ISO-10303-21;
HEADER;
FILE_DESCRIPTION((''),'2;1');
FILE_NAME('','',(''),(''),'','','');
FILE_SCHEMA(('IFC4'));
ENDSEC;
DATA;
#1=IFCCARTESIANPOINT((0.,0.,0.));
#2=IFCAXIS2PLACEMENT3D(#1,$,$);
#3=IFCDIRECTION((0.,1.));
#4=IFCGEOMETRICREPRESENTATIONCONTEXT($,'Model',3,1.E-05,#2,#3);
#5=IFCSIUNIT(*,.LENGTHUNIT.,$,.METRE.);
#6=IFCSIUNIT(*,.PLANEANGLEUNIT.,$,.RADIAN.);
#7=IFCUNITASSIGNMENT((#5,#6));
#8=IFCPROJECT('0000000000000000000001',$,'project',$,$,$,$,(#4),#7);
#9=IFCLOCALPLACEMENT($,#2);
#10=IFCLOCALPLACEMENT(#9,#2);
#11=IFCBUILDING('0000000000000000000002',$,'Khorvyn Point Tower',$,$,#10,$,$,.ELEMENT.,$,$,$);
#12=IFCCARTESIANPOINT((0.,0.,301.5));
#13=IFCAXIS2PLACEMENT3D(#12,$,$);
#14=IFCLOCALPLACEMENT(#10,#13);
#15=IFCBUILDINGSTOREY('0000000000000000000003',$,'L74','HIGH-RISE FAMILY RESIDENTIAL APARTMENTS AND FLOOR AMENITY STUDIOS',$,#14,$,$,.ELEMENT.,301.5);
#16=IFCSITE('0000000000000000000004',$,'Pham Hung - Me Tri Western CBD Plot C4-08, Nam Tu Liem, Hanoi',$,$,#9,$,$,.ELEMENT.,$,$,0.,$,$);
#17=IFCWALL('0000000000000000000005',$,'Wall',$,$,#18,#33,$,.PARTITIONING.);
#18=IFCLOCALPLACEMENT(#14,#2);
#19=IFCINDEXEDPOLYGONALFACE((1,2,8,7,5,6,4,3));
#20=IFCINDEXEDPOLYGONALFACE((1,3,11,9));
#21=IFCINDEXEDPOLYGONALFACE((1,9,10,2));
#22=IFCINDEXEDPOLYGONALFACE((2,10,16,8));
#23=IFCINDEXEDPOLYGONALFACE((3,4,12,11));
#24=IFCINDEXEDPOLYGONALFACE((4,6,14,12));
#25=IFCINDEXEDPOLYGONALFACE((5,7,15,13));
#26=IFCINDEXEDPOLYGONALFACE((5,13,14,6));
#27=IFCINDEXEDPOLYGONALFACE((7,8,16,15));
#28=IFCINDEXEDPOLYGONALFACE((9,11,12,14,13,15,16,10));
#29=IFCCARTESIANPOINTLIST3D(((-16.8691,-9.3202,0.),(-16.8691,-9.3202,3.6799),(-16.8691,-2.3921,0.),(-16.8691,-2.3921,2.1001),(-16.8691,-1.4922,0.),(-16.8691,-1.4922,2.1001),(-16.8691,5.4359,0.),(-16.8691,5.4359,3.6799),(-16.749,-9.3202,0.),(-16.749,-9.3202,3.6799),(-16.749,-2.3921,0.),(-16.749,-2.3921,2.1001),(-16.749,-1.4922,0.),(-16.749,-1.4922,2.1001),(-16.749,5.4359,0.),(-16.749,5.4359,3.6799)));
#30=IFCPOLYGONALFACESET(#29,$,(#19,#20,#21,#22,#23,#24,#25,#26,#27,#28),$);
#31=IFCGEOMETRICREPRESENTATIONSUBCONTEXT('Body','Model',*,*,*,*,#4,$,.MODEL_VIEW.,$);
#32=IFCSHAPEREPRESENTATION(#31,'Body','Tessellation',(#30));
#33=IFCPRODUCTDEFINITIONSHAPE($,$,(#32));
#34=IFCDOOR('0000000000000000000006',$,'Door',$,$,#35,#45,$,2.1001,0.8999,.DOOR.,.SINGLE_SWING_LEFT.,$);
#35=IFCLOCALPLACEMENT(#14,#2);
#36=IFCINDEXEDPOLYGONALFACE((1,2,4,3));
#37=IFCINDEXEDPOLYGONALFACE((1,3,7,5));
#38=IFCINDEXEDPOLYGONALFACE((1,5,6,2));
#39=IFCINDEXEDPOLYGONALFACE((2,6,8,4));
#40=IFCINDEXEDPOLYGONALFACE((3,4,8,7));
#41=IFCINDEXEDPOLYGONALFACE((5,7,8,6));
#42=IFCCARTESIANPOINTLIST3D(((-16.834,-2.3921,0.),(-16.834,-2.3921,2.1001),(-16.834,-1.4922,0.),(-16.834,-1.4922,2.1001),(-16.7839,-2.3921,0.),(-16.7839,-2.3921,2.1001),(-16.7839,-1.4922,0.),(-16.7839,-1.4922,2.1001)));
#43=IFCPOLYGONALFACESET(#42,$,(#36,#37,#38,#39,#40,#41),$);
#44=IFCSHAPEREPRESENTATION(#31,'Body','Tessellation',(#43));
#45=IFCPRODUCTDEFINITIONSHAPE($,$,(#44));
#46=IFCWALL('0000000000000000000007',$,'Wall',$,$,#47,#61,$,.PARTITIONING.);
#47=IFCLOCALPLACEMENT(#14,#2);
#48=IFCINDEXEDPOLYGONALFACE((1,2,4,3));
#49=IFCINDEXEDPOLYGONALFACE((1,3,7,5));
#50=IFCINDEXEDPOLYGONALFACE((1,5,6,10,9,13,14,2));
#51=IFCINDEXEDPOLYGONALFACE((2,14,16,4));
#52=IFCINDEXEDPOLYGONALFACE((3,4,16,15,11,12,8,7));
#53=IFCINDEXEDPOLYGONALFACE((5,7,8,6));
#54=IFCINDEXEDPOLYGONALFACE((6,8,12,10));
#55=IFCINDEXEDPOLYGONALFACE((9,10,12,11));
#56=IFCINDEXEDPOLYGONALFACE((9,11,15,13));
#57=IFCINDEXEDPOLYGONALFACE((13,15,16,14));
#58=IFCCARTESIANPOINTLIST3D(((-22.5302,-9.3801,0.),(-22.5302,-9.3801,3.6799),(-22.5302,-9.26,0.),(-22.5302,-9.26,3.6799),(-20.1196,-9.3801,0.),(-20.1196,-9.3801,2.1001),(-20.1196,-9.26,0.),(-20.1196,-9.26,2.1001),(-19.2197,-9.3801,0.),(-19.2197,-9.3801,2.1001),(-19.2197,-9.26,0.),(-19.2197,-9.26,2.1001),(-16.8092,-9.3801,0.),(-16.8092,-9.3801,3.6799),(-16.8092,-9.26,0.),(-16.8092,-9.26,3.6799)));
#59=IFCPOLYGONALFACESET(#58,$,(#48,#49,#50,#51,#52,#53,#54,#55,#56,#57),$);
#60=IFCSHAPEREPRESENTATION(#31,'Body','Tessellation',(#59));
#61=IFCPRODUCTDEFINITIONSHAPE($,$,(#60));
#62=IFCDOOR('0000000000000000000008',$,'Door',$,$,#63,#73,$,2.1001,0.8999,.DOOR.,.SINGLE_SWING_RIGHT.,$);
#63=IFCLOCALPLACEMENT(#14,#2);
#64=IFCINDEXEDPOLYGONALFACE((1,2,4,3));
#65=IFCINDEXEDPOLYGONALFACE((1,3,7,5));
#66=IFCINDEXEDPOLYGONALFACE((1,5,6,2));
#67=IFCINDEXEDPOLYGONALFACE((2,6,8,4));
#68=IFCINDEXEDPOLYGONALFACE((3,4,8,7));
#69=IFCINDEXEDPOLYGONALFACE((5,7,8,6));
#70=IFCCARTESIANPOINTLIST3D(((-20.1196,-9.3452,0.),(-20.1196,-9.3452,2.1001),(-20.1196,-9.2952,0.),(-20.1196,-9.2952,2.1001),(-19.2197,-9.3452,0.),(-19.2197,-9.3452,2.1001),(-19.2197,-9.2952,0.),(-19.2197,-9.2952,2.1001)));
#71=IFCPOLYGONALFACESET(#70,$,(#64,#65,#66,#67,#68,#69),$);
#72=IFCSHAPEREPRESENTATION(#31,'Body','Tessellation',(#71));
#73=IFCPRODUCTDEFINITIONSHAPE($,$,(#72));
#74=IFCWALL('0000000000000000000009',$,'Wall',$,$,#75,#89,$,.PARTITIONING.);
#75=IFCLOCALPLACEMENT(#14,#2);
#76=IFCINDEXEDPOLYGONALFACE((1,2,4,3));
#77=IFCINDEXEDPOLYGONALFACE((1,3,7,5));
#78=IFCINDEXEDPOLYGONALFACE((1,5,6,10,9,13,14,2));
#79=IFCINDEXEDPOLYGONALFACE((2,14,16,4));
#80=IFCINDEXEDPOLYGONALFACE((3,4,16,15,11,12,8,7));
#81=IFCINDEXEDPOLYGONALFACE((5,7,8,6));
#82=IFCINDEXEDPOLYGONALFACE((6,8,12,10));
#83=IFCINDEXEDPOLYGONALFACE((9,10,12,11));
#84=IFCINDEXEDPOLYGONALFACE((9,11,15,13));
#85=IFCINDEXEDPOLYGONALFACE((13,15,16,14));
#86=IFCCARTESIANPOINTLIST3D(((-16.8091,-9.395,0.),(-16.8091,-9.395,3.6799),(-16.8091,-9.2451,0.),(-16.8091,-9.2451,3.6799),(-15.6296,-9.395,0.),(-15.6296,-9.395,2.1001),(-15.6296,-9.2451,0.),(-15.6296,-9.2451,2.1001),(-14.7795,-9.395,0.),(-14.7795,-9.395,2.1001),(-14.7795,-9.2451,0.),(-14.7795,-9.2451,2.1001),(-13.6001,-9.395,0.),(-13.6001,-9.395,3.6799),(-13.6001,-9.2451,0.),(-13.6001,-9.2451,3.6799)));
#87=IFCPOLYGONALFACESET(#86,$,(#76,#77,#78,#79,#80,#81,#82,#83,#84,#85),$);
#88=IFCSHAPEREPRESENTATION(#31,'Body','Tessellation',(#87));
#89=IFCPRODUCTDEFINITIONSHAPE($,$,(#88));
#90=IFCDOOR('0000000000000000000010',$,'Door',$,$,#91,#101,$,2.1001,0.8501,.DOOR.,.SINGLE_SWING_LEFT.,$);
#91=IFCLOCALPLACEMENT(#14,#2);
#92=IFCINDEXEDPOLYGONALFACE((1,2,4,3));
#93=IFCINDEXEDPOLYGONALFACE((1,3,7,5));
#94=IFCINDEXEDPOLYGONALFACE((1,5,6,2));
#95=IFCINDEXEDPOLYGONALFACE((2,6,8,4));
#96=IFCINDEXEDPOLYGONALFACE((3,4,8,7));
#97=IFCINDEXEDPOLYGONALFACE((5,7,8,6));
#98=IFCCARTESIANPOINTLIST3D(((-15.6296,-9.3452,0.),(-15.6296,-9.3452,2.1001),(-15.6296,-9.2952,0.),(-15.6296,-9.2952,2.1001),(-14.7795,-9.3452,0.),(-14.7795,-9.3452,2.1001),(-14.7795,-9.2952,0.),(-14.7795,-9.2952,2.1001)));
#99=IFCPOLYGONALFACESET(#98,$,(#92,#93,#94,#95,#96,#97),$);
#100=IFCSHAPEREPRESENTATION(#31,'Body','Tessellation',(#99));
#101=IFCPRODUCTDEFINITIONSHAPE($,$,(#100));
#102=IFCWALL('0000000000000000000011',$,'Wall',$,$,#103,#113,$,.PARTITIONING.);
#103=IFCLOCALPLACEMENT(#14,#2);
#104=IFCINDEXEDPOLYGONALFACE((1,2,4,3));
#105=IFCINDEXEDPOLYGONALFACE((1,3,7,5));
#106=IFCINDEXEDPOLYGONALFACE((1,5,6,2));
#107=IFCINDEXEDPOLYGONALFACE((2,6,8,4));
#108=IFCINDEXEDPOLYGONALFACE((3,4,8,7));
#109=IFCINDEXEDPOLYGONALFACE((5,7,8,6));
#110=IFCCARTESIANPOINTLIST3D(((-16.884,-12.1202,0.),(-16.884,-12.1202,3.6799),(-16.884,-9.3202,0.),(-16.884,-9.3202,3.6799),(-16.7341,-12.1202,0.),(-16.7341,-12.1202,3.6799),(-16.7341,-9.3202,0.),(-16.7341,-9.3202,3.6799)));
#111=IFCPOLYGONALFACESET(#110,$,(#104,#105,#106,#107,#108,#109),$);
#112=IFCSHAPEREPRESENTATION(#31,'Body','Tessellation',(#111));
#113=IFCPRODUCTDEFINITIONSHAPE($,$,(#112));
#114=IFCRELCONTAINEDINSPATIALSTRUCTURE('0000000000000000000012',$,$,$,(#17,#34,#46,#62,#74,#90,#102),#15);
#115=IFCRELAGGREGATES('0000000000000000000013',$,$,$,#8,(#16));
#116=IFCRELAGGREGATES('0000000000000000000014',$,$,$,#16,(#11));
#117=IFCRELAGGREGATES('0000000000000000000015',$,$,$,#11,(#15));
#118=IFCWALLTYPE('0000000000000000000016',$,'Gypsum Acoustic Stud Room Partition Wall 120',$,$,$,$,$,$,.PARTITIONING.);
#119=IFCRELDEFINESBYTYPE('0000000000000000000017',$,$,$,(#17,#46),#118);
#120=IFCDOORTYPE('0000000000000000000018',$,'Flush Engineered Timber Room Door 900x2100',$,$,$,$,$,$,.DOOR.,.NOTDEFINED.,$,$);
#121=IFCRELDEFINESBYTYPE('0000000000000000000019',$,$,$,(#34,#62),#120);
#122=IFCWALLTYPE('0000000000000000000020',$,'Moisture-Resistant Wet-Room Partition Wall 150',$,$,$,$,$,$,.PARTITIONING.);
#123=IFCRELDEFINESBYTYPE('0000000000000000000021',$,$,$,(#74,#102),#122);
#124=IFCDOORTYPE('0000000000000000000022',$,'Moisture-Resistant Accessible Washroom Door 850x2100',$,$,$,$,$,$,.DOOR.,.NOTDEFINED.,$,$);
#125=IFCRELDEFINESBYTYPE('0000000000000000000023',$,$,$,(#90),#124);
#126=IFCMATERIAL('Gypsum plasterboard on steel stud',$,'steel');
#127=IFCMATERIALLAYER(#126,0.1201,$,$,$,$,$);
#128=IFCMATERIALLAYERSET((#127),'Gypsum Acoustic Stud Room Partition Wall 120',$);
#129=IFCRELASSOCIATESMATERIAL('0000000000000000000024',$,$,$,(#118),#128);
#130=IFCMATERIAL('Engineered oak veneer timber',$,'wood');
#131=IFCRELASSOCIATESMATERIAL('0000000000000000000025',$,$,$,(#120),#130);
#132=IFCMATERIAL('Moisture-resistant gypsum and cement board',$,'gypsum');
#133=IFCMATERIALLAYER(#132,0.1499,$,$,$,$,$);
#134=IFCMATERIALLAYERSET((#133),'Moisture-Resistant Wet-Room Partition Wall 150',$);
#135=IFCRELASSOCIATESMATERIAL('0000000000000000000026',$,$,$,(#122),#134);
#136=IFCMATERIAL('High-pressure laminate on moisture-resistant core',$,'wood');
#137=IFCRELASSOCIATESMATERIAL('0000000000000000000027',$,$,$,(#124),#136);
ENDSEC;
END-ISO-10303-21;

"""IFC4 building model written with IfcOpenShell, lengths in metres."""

from ifc_helpers import new_model, si_unit, direction, frame, frame_2d, origin, place, context, subcontext, project, spatial, rectangle, extrude, material, layer, layer_set, type_object, element, fill, save


model = new_model("IFC4")

# Units and contexts
model_context = context("Model", 3, precision=1e-05, world=origin(), true_north=direction((0.0, 1.0)))
body_context = subcontext(model_context, "Body", "Model", "MODEL_VIEW")
ifc_project = project(units=[si_unit("LENGTHUNIT", "METRE"), si_unit("PLANEANGLEUNIT", "RADIAN")], contexts=[model_context])

# Site, building, storey
site_placement = place(None, origin())
site = spatial("IfcSite", under=ifc_project, at=site_placement, Name="Pham Hung - Me Tri Western CBD Plot C4-08, Nam Tu Liem, Hanoi", CompositionType="ELEMENT", RefElevation=0.0)
building_placement = place(site_placement, origin())
building = spatial("IfcBuilding", under=site, at=building_placement, Name="Khorvyn Point Tower", CompositionType="ELEMENT")
storey_placement = place(building_placement, frame((0.0, 0.0, 301.5)))
storey = spatial("IfcBuildingStorey", under=building, at=storey_placement, Name="L74", Description="HIGH-RISE FAMILY RESIDENTIAL APARTMENTS AND FLOOR AMENITY STUDIOS", CompositionType="ELEMENT", Elevation=301.5)

# Walls, openings, doors
ifc_material_1 = material(Name="Gypsum plasterboard on steel stud", Category="steel")
ifc_layer_1 = layer(ifc_material_1, 0.1201)
ifc_layer_set_1 = layer_set([ifc_layer_1], Name="Gypsum Acoustic Stud Room Partition Wall 120")
wall_type_1 = type_object("IfcWallType", Name="Gypsum Acoustic Stud Room Partition Wall 120", PredefinedType="PARTITIONING", material=ifc_layer_set_1)
wall_1_placement = place(storey_placement, frame((-16.8091, -9.3201, 0.0), z_axis=(0.0, 0.0, 1.0), x_axis=(0.0, 1.0, 0.0)))
wall_1 = element("IfcWall", 1, at=wall_1_placement, inside=storey, type_object=wall_type_1, Name="Wall", PredefinedType="PARTITIONING", context=body_context, shape_type="SweptSolid", body=[
    extrude(rectangle(XDim=14.7561, YDim=0.1201, at=frame_2d((7.3779, 0.0))), origin(), (0.0, 0.0, 1.0), 3.6799),
])
opening_1_placement = place(wall_1_placement, frame((6.928, 0.0, 0.0)))
opening_1 = element("IfcOpeningElement", 2, at=opening_1_placement, cuts=wall_1, PredefinedType="OPENING", context=body_context, shape_type="SweptSolid", body=[
    extrude(rectangle(XDim=0.8999, YDim=2.1001, at=frame_2d((0.45, 1.05))), frame((0.0, 0.0701, 0.0), z_axis=(0.0, -1.0, 0.0), x_axis=(1.0, 0.0, 0.0)), (0.0, 0.0, 1.0), 0.1401),
])
ifc_material_2 = material(Name="Engineered oak veneer timber", Category="wood")
door_type_1 = type_object("IfcDoorType", Name="Flush Engineered Timber Room Door 900x2100", OperationType="NOTDEFINED", PredefinedType="DOOR", material=ifc_material_2)
door_1_placement = place(opening_1_placement, origin())
door_1 = element("IfcDoor", 3, at=door_1_placement, inside=storey, type_object=door_type_1, Name="Door", OperationType="SINGLE_SWING_LEFT", OverallHeight=2.1001, OverallWidth=0.8999, PredefinedType="DOOR", context=body_context, shape_type="SweptSolid", body=[
    extrude(rectangle(XDim=0.8999, YDim=2.1001, at=frame_2d((0.45, 1.05))), frame((0.0, 0.0249, 0.0), z_axis=(0.0, -1.0, 0.0), x_axis=(1.0, 0.0, 0.0)), (0.0, 0.0, 1.0), 0.05),
])
fill(opening_1, door_1)
wall_2_placement = place(storey_placement, frame((-22.53, -9.3201, 0.0), z_axis=(0.0, 0.0, 1.0), x_axis=(1.0, 0.0, 0.0)))
wall_2 = element("IfcWall", 4, at=wall_2_placement, inside=storey, type_object=wall_type_1, Name="Wall", PredefinedType="PARTITIONING", context=body_context, shape_type="SweptSolid", body=[
    extrude(rectangle(XDim=5.7209, YDim=0.1201, at=frame_2d((2.8604, 0.0))), origin(), (0.0, 0.0, 1.0), 3.6799),
])
opening_2_placement = place(wall_2_placement, frame((2.4104, 0.0, 0.0)))
opening_2 = element("IfcOpeningElement", 5, at=opening_2_placement, cuts=wall_2, PredefinedType="OPENING", context=body_context, shape_type="SweptSolid", body=[
    extrude(rectangle(XDim=0.8999, YDim=2.1001, at=frame_2d((0.45, 1.05))), frame((0.0, 0.0701, 0.0), z_axis=(0.0, -1.0, 0.0), x_axis=(1.0, 0.0, 0.0)), (0.0, 0.0, 1.0), 0.1401),
])
door_2_placement = place(opening_2_placement, origin())
door_2 = element("IfcDoor", 6, at=door_2_placement, inside=storey, type_object=door_type_1, Name="Door", OperationType="SINGLE_SWING_RIGHT", OverallHeight=2.1001, OverallWidth=0.8999, PredefinedType="DOOR", context=body_context, shape_type="SweptSolid", body=[
    extrude(rectangle(XDim=0.8999, YDim=2.1001, at=frame_2d((0.45, 1.05))), frame((0.0, 0.0249, 0.0), z_axis=(0.0, -1.0, 0.0), x_axis=(1.0, 0.0, 0.0)), (0.0, 0.0, 1.0), 0.05),
])
fill(opening_2, door_2)
ifc_material_3 = material(Name="Moisture-resistant gypsum and cement board", Category="gypsum")
ifc_layer_2 = layer(ifc_material_3, 0.1499)
ifc_layer_set_2 = layer_set([ifc_layer_2], Name="Moisture-Resistant Wet-Room Partition Wall 150")
wall_type_2 = type_object("IfcWallType", Name="Moisture-Resistant Wet-Room Partition Wall 150", PredefinedType="PARTITIONING", material=ifc_layer_set_2)
wall_3_placement = place(storey_placement, frame((-16.8091, -9.3201, 0.0), z_axis=(0.0, 0.0, 1.0), x_axis=(1.0, 0.0, 0.0)))
wall_3 = element("IfcWall", 7, at=wall_3_placement, inside=storey, type_object=wall_type_2, Name="Wall", PredefinedType="PARTITIONING", context=body_context, shape_type="SweptSolid", body=[
    extrude(rectangle(XDim=3.209, YDim=0.1499, at=frame_2d((1.6045, 0.0))), origin(), (0.0, 0.0, 1.0), 3.6799),
])
opening_3_placement = place(wall_3_placement, frame((1.1794, 0.0, 0.0)))
opening_3 = element("IfcOpeningElement", 8, at=opening_3_placement, cuts=wall_3, PredefinedType="OPENING", context=body_context, shape_type="SweptSolid", body=[
    extrude(rectangle(XDim=0.8501, YDim=2.1001, at=frame_2d((0.425, 1.05))), frame((0.0, 0.085, 0.0), z_axis=(0.0, -1.0, 0.0), x_axis=(1.0, 0.0, 0.0)), (0.0, 0.0, 1.0), 0.1699),
])
ifc_material_4 = material(Name="High-pressure laminate on moisture-resistant core", Category="wood")
door_type_2 = type_object("IfcDoorType", Name="Moisture-Resistant Accessible Washroom Door 850x2100", OperationType="NOTDEFINED", PredefinedType="DOOR", material=ifc_material_4)
door_3_placement = place(opening_3_placement, origin())
door_3 = element("IfcDoor", 9, at=door_3_placement, inside=storey, type_object=door_type_2, Name="Door", OperationType="SINGLE_SWING_LEFT", OverallHeight=2.1001, OverallWidth=0.8501, PredefinedType="DOOR", context=body_context, shape_type="SweptSolid", body=[
    extrude(rectangle(XDim=0.8501, YDim=2.1001, at=frame_2d((0.425, 1.05))), frame((0.0, 0.0249, 0.0), z_axis=(0.0, -1.0, 0.0), x_axis=(1.0, 0.0, 0.0)), (0.0, 0.0, 1.0), 0.05),
])
fill(opening_3, door_3)

# Wall
wall_4_placement = place(storey_placement, frame((-16.8091, -12.1201, 0.0), z_axis=(0.0, 0.0, 1.0), x_axis=(0.0, 1.0, 0.0)))
element("IfcWall", 10, at=wall_4_placement, inside=storey, type_object=wall_type_2, Name="Wall", PredefinedType="PARTITIONING", context=body_context, shape_type="SweptSolid", body=[
    extrude(rectangle(XDim=2.8, YDim=0.1499, at=frame_2d((1.3999, 0.0))), origin(), (0.0, 0.0, 1.0), 3.6799),
])

save(model, "model.ifc")
